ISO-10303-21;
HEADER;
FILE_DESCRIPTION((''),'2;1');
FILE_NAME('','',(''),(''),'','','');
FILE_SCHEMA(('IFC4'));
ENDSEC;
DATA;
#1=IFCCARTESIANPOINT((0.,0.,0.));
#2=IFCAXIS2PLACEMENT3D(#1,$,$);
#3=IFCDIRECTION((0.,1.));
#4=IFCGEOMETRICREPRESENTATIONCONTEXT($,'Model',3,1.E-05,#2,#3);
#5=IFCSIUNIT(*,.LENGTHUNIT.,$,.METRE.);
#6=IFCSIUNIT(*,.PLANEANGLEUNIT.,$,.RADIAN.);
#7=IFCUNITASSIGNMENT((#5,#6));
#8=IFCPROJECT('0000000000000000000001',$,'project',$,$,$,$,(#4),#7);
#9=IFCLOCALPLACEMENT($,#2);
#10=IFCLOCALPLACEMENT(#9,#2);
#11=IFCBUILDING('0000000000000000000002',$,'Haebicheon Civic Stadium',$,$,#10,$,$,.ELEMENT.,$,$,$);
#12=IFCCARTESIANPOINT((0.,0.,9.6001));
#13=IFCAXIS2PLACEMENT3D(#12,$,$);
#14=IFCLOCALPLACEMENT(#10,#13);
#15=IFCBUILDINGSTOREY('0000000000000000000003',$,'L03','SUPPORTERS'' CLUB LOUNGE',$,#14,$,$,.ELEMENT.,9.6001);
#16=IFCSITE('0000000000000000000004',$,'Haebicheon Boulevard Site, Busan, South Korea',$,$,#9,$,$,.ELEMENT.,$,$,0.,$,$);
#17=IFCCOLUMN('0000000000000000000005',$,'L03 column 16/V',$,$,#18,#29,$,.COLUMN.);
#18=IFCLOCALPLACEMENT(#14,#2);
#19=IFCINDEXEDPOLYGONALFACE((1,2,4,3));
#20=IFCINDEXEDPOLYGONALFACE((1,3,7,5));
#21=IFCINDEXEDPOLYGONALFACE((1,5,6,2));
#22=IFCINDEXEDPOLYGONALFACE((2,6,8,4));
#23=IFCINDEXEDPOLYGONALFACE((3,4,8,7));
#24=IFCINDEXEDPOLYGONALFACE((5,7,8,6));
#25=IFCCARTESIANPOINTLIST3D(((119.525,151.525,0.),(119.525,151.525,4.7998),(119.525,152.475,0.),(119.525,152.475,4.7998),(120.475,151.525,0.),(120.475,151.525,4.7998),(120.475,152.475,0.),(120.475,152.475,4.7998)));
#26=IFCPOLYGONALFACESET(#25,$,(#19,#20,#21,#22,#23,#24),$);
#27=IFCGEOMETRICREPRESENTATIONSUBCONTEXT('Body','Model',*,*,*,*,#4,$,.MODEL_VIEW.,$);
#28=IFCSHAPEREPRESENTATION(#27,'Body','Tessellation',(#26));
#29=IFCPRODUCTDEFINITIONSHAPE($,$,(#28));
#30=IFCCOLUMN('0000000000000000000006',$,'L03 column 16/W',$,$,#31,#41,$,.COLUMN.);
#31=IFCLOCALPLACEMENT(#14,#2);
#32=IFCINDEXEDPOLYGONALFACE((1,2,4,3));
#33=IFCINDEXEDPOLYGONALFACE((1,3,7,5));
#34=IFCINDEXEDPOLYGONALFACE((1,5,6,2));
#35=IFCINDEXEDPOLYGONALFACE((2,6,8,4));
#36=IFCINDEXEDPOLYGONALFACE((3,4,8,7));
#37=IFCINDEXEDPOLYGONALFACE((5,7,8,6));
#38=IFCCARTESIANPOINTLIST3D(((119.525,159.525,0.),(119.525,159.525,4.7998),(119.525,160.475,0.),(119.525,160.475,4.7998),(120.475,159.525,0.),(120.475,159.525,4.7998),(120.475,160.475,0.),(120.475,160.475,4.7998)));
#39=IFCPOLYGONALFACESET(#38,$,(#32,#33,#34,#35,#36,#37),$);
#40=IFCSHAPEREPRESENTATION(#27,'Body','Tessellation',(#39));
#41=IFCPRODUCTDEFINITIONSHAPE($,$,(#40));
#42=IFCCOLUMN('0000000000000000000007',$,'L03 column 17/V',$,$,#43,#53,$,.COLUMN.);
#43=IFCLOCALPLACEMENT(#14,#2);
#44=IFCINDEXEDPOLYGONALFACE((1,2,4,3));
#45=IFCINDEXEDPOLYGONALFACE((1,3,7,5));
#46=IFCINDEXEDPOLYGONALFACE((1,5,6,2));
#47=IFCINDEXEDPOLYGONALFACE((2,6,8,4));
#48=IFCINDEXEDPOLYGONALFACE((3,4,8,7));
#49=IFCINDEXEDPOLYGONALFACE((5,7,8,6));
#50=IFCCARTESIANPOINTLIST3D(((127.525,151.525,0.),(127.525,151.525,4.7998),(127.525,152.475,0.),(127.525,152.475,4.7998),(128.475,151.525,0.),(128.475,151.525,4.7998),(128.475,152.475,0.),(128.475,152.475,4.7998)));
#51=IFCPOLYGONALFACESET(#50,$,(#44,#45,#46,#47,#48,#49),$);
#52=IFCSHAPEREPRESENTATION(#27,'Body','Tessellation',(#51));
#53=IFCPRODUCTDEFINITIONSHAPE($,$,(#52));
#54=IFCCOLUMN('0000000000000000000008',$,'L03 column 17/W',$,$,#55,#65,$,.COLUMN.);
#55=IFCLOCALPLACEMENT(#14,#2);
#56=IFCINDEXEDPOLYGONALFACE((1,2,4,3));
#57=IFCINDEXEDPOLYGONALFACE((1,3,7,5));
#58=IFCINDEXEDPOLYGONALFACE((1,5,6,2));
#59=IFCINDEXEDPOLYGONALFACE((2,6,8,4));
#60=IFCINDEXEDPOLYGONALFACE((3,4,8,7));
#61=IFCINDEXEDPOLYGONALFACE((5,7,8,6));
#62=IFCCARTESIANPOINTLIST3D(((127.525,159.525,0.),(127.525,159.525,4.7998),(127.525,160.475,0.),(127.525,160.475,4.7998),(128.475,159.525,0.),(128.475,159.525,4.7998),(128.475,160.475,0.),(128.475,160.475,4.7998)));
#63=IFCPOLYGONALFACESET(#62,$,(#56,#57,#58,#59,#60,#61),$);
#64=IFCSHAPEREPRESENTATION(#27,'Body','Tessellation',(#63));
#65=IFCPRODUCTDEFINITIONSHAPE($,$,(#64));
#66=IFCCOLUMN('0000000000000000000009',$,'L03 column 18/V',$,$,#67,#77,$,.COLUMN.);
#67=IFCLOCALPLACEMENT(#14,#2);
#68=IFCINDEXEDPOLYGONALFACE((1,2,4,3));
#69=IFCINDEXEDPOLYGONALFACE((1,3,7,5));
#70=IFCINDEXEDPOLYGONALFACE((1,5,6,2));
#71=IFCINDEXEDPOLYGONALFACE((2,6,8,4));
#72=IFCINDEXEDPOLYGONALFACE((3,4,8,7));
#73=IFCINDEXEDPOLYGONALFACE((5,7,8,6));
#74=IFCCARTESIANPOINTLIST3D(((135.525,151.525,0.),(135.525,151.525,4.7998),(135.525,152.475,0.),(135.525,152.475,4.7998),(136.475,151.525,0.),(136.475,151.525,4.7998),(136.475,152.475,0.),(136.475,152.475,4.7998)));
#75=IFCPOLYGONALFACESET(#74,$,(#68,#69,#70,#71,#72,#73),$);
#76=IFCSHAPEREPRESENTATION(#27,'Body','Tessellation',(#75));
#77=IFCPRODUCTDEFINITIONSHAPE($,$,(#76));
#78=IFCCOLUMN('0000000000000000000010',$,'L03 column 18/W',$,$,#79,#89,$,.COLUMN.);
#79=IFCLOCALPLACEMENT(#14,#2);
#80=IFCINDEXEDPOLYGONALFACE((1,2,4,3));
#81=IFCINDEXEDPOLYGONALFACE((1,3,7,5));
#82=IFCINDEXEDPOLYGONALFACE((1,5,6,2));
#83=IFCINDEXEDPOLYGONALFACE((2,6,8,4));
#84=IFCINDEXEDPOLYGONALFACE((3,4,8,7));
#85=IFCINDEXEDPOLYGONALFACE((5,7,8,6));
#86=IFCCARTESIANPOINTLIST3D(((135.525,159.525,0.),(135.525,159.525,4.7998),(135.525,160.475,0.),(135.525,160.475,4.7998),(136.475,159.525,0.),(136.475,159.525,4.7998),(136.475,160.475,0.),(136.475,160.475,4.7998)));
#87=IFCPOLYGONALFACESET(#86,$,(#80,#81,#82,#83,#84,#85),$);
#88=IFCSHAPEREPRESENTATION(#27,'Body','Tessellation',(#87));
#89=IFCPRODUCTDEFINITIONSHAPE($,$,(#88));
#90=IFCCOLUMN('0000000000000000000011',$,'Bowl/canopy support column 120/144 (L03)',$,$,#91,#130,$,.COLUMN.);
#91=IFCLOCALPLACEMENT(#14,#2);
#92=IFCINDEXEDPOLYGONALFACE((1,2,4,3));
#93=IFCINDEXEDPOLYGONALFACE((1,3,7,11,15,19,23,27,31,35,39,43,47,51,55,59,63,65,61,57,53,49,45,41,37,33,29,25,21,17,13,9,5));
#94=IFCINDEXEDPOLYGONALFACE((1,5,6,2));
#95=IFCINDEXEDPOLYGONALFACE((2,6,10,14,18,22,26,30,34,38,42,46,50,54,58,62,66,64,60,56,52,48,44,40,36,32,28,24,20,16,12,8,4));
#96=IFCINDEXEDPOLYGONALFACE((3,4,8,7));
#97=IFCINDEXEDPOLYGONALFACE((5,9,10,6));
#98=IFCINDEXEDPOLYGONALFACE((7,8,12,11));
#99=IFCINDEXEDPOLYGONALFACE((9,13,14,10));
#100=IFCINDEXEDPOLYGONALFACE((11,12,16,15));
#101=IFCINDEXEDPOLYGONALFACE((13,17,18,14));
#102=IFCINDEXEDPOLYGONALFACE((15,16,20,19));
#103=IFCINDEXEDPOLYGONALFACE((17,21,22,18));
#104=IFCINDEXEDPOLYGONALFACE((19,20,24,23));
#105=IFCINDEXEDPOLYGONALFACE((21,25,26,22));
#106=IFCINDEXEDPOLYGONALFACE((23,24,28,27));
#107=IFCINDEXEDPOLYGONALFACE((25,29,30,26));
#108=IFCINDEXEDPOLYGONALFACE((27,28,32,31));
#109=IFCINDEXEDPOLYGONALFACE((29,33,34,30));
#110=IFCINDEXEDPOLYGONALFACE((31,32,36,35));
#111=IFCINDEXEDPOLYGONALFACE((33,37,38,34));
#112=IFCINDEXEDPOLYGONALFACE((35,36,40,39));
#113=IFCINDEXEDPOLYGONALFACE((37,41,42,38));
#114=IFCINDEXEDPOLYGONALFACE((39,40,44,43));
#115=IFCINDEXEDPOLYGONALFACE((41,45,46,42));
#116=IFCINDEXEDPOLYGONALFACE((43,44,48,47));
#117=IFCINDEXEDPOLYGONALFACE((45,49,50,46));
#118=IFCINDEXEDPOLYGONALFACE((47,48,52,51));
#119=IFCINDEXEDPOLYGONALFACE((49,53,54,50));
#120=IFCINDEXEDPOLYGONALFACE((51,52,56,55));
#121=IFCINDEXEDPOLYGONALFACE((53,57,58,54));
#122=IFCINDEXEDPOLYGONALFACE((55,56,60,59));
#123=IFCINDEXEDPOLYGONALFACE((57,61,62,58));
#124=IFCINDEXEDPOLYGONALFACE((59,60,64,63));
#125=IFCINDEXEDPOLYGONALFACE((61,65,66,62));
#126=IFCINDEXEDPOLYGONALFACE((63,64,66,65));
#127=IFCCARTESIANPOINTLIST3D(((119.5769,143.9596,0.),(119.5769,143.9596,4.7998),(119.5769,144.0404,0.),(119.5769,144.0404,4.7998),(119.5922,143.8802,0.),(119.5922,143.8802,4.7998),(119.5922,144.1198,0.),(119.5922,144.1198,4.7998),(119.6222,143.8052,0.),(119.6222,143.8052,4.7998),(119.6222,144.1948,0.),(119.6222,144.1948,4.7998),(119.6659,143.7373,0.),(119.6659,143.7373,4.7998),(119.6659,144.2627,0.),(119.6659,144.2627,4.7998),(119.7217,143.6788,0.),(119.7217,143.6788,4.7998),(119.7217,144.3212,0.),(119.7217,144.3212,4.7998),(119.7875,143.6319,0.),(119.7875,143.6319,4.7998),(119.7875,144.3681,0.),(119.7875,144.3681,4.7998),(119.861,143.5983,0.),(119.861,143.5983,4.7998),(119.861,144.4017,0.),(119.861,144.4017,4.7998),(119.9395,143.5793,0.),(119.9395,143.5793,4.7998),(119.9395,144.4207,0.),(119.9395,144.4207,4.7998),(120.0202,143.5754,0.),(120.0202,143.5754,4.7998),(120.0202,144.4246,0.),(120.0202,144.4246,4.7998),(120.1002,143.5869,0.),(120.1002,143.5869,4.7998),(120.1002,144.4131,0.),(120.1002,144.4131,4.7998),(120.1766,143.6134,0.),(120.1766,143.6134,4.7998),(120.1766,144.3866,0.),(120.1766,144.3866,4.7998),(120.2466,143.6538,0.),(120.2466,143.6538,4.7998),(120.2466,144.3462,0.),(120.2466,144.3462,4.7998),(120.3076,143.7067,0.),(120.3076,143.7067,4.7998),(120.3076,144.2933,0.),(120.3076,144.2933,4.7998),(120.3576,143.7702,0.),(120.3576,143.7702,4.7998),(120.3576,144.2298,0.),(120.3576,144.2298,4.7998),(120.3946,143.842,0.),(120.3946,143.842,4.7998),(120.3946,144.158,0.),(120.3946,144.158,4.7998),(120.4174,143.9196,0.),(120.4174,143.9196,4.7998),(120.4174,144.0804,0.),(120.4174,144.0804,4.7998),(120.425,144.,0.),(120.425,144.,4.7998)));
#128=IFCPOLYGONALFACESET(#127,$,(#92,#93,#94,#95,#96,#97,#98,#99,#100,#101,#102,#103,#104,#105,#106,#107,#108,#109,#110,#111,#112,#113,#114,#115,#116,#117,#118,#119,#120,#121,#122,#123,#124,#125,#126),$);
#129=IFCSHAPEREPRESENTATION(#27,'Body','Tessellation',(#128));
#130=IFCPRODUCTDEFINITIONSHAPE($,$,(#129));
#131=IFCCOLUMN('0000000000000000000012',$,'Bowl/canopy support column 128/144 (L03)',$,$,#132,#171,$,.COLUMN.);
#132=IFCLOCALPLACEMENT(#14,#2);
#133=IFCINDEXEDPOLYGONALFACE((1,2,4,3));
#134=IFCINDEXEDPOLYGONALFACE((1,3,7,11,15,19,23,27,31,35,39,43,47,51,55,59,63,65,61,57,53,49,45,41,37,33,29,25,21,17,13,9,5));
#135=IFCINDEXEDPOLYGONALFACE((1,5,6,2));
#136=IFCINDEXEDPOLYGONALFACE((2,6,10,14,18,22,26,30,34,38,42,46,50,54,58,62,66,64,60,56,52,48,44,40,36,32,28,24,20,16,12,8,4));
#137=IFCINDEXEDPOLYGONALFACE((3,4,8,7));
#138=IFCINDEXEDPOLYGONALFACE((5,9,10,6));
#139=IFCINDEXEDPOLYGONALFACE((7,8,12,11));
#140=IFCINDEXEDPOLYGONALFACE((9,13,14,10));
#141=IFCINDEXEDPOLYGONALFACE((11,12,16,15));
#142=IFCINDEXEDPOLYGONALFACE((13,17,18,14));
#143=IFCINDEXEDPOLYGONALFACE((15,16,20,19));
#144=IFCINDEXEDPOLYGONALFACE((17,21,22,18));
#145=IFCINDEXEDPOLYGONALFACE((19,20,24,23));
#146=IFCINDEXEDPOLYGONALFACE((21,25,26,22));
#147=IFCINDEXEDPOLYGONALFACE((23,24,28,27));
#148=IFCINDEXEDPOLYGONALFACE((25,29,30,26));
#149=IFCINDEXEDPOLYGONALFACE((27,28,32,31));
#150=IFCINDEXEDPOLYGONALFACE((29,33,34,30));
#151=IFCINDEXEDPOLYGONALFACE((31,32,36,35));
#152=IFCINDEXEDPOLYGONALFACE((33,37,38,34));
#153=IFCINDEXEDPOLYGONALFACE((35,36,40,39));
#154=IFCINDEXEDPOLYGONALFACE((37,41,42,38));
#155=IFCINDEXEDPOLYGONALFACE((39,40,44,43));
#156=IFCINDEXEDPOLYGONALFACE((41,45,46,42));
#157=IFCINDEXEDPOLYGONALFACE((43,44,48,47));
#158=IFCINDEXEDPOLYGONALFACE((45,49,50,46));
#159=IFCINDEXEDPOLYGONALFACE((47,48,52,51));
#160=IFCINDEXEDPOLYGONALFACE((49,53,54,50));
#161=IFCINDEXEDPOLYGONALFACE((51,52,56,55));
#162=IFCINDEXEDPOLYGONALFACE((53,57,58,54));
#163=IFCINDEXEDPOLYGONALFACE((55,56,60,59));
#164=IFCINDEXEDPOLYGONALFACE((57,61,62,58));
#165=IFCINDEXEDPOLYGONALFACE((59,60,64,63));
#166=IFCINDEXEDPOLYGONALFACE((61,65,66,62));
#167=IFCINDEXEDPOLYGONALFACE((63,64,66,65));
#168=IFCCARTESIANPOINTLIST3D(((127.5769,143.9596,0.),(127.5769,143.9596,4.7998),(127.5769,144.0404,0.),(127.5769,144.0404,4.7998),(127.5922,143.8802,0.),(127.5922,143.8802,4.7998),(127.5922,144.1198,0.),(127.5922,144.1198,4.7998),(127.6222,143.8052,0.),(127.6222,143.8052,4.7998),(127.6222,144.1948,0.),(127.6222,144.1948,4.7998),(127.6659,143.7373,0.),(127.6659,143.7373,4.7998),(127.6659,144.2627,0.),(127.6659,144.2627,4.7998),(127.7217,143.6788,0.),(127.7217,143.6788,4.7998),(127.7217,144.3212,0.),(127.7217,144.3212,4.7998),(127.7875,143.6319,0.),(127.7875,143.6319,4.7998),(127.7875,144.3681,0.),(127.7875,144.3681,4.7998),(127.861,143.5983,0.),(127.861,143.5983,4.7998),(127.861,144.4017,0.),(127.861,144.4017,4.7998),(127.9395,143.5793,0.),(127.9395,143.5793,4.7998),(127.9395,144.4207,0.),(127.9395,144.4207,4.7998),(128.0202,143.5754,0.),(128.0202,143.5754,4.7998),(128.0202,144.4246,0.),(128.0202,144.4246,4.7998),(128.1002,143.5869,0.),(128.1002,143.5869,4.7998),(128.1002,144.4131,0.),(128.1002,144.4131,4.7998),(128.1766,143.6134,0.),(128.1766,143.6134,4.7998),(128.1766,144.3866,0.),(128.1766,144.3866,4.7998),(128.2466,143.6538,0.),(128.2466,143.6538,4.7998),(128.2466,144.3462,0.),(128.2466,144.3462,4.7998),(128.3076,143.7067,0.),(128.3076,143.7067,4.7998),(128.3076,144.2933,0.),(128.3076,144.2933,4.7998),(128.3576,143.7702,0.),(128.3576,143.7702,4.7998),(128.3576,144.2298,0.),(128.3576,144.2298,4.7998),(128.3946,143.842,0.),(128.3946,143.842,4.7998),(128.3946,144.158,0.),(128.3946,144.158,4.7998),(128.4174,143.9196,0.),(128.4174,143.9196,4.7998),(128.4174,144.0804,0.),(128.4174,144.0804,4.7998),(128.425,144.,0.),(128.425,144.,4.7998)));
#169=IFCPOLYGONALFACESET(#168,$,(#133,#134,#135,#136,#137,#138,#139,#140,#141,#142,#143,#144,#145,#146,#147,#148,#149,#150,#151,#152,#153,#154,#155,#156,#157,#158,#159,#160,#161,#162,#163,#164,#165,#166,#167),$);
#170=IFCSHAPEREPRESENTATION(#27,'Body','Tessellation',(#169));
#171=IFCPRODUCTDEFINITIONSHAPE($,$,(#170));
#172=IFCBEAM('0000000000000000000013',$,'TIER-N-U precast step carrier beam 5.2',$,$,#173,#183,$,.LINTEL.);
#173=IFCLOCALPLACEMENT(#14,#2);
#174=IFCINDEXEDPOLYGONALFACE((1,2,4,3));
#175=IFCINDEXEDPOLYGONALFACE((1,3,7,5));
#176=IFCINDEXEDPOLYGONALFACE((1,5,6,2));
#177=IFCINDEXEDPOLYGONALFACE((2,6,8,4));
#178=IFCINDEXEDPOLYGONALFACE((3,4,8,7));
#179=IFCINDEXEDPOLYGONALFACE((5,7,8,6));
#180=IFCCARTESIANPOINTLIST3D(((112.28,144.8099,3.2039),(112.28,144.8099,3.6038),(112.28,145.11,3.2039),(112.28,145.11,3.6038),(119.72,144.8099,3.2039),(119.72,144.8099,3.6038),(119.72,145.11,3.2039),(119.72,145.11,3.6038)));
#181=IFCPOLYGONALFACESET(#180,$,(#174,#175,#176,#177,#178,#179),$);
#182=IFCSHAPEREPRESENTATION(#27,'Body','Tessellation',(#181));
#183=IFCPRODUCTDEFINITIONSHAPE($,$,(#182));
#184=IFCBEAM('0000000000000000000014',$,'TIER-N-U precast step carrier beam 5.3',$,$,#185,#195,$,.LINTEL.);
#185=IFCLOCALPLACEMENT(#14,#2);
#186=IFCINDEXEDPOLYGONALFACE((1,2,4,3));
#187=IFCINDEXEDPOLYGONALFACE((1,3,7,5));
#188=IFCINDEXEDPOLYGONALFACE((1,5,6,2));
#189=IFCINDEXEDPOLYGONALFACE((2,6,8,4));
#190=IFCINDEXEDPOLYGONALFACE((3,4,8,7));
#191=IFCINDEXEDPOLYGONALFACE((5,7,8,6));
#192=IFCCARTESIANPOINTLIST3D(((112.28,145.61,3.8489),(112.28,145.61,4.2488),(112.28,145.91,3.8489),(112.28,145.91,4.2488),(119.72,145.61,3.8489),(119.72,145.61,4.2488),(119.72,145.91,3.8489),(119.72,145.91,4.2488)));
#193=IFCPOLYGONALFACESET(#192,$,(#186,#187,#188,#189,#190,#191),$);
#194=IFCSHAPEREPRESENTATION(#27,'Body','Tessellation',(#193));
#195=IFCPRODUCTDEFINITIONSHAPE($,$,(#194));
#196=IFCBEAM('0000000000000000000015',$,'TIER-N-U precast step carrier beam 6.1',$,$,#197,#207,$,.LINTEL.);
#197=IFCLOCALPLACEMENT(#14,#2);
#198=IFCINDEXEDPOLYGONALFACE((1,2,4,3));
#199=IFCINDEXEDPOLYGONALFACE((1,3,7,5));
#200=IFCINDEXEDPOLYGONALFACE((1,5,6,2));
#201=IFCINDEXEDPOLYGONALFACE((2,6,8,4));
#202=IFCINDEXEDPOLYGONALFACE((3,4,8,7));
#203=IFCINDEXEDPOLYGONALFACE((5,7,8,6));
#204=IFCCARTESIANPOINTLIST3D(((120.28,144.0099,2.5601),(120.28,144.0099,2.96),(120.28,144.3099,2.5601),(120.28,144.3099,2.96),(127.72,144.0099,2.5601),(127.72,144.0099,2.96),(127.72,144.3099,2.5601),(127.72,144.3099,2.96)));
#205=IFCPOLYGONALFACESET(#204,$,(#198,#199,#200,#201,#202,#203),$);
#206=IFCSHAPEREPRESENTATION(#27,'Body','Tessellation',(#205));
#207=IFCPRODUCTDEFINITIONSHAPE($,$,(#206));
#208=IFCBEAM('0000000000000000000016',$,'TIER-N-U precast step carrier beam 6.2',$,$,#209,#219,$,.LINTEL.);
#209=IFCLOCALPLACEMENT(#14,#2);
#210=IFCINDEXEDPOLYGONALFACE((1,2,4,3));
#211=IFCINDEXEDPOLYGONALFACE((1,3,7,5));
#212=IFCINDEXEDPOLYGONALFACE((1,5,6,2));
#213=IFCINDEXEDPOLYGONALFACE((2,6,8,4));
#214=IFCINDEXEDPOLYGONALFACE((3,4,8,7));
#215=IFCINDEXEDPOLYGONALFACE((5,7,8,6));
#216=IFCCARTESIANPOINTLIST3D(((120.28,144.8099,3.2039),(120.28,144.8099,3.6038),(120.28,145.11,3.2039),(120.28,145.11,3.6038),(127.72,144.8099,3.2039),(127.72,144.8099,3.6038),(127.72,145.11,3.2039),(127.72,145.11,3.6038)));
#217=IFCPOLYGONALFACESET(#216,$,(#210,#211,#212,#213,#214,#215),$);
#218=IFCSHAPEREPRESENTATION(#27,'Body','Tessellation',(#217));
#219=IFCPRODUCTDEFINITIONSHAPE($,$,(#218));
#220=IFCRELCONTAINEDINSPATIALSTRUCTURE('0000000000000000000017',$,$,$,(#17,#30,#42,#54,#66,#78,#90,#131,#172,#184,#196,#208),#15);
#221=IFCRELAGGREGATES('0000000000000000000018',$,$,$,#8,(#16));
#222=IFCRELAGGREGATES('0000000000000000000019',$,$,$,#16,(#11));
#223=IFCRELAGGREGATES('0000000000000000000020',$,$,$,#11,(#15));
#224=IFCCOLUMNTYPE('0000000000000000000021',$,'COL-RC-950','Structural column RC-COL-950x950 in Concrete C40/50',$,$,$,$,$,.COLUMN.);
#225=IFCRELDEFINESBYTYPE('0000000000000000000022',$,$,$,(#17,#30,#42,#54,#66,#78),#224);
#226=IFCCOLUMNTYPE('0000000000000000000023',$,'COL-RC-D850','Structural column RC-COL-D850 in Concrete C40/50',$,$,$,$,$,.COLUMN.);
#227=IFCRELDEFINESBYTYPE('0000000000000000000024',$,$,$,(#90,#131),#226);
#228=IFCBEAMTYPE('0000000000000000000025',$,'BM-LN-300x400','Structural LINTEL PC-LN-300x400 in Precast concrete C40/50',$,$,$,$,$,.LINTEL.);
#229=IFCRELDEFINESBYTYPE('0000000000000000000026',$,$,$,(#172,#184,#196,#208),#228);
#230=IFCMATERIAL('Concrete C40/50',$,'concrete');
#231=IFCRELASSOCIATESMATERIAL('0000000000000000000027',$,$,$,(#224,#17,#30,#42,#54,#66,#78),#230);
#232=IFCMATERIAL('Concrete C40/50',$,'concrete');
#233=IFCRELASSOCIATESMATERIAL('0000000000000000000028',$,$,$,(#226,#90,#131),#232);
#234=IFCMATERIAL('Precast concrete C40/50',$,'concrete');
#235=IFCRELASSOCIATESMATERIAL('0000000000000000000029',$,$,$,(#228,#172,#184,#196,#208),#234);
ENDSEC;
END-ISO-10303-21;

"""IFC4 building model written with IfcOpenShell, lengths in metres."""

from ifc_helpers import new_model, si_unit, direction, frame, origin, origin_2d, place, context, subcontext, project, spatial, rectangle, circle, extrude, material, material_profile, profile_set, type_object, element, save


model = new_model("IFC4")

# Units and contexts
model_context = context("Model", 3, precision=1e-05, world=origin(), true_north=direction((0.0, 1.0)))
body_context = subcontext(model_context, "Body", "Model", "MODEL_VIEW")
ifc_project = project(units=[si_unit("LENGTHUNIT", "METRE"), si_unit("PLANEANGLEUNIT", "RADIAN")], contexts=[model_context])

# Site, building, storey
site_placement = place(None, origin())
site = spatial("IfcSite", under=ifc_project, at=site_placement, Name="Haebicheon Boulevard Site, Busan, South Korea", CompositionType="ELEMENT", RefElevation=0.0)
building_placement = place(site_placement, origin())
building = spatial("IfcBuilding", under=site, at=building_placement, Name="Haebicheon Civic Stadium", CompositionType="ELEMENT")
storey_placement = place(building_placement, frame((0.0, 0.0, 9.6001)))
storey = spatial("IfcBuildingStorey", under=building, at=storey_placement, Name="L03", Description="SUPPORTERS' CLUB LOUNGE", CompositionType="ELEMENT", Elevation=9.6001)

# Columns
ifc_material_1 = material(Name="Concrete C40/50", Category="concrete")
ifc_material_profile_1 = material_profile(ifc_material_1, rectangle(XDim=0.95, YDim=0.95, at=origin_2d()), Name="RC-COL-950x950")
ifc_profile_set_1 = profile_set([ifc_material_profile_1], Name="Concrete C40/50")
column_type_1 = type_object("IfcColumnType", Name="COL-RC-950", Description="Structural column RC-COL-950x950 in Concrete C40/50", PredefinedType="COLUMN", material=ifc_profile_set_1)
for number, where, z_axis, x_axis, name in (
    (1, (120.0, 152.0, 0.0), (0.0, 0.0, 1.0), (1.0, 0.0, 0.0), "L03 column 16/V"),
    (2, (120.0, 160.0, 0.0), (0.0, 0.0, 1.0), (1.0, 0.0, 0.0), "L03 column 16/W"),
    (3, (128.0, 152.0, 0.0), (0.0, 0.0, 1.0), (1.0, 0.0, 0.0), "L03 column 17/V"),
    (4, (128.0, 160.0, 0.0), (0.0, 0.0, 1.0), (1.0, 0.0, 0.0), "L03 column 17/W"),
    (5, (136.0, 152.0, 0.0), (0.0, 0.0, 1.0), (1.0, 0.0, 0.0), "L03 column 18/V"),
    (6, (136.0, 160.0, 0.0), (0.0, 0.0, 1.0), (1.0, 0.0, 0.0), "L03 column 18/W"),
):
    element("IfcColumn", number, at=place(storey_placement, frame(where, z_axis=z_axis, x_axis=x_axis)), inside=storey, type_object=column_type_1, material=ifc_profile_set_1, Name=name, PredefinedType="COLUMN", context=body_context, shape_type="SweptSolid", body=[
        extrude(rectangle(XDim=0.95, YDim=0.95, at=origin_2d()), origin(), (0.0, 0.0, 1.0), 4.7998),
    ])
ifc_material_2 = material(Name="Concrete C40/50", Category="concrete")
ifc_material_profile_2 = material_profile(ifc_material_2, circle(Radius=0.425, at=origin_2d()), Name="RC-COL-D850")
ifc_profile_set_2 = profile_set([ifc_material_profile_2], Name="Concrete C40/50")
column_type_2 = type_object("IfcColumnType", Name="COL-RC-D850", Description="Structural column RC-COL-D850 in Concrete C40/50", PredefinedType="COLUMN", material=ifc_profile_set_2)
for number, where, z_axis, x_axis, name in (
    (7, (120.0, 144.0, 0.0), (0.0, 0.0, 1.0), (1.0, 0.0, 0.0), "Bowl/canopy support column 120/144 (L03)"),
    (8, (128.0, 144.0, 0.0), (0.0, 0.0, 1.0), (1.0, 0.0, 0.0), "Bowl/canopy support column 128/144 (L03)"),
):
    element("IfcColumn", number, at=place(storey_placement, frame(where, z_axis=z_axis, x_axis=x_axis)), inside=storey, type_object=column_type_2, material=ifc_profile_set_2, Name=name, PredefinedType="COLUMN", context=body_context, shape_type="SweptSolid", body=[
        extrude(circle(Radius=0.425, at=origin_2d()), origin(), (0.0, 0.0, 1.0), 4.7998),
    ])

# Beams
ifc_material_3 = material(Name="Precast concrete C40/50", Category="concrete")
ifc_material_profile_3 = material_profile(ifc_material_3, rectangle(XDim=0.3, YDim=0.3999, at=origin_2d()), Name="PC-LN-300x400")
ifc_profile_set_3 = profile_set([ifc_material_profile_3], Name="Precast concrete C40/50")
beam_type_1 = type_object("IfcBeamType", Name="BM-LN-300x400", Description="Structural LINTEL PC-LN-300x400 in Precast concrete C40/50", PredefinedType="LINTEL", material=ifc_profile_set_3)
for number, where, z_axis, x_axis, name in (
    (9, (112.28, 144.96, 3.4038), (1.0, 0.0, 0.0), (0.0, 1.0, 0.0), "TIER-N-U precast step carrier beam 5.2"),
    (10, (112.28, 145.76, 4.0488), (1.0, 0.0, 0.0), (0.0, 1.0, 0.0), "TIER-N-U precast step carrier beam 5.3"),
    (11, (120.28, 144.1599, 2.76), (1.0, 0.0, 0.0), (0.0, 1.0, 0.0), "TIER-N-U precast step carrier beam 6.1"),
    (12, (120.28, 144.96, 3.4038), (1.0, 0.0, 0.0), (0.0, 1.0, 0.0), "TIER-N-U precast step carrier beam 6.2"),
):
    element("IfcBeam", number, at=place(storey_placement, frame(where, z_axis=z_axis, x_axis=x_axis)), inside=storey, type_object=beam_type_1, material=ifc_profile_set_3, Name=name, PredefinedType="LINTEL", context=body_context, shape_type="SweptSolid", body=[
        extrude(rectangle(XDim=0.3, YDim=0.3999, at=origin_2d()), origin(), (0.0, 0.0, 1.0), 7.4399),
    ])

save(model, "model.ifc")
